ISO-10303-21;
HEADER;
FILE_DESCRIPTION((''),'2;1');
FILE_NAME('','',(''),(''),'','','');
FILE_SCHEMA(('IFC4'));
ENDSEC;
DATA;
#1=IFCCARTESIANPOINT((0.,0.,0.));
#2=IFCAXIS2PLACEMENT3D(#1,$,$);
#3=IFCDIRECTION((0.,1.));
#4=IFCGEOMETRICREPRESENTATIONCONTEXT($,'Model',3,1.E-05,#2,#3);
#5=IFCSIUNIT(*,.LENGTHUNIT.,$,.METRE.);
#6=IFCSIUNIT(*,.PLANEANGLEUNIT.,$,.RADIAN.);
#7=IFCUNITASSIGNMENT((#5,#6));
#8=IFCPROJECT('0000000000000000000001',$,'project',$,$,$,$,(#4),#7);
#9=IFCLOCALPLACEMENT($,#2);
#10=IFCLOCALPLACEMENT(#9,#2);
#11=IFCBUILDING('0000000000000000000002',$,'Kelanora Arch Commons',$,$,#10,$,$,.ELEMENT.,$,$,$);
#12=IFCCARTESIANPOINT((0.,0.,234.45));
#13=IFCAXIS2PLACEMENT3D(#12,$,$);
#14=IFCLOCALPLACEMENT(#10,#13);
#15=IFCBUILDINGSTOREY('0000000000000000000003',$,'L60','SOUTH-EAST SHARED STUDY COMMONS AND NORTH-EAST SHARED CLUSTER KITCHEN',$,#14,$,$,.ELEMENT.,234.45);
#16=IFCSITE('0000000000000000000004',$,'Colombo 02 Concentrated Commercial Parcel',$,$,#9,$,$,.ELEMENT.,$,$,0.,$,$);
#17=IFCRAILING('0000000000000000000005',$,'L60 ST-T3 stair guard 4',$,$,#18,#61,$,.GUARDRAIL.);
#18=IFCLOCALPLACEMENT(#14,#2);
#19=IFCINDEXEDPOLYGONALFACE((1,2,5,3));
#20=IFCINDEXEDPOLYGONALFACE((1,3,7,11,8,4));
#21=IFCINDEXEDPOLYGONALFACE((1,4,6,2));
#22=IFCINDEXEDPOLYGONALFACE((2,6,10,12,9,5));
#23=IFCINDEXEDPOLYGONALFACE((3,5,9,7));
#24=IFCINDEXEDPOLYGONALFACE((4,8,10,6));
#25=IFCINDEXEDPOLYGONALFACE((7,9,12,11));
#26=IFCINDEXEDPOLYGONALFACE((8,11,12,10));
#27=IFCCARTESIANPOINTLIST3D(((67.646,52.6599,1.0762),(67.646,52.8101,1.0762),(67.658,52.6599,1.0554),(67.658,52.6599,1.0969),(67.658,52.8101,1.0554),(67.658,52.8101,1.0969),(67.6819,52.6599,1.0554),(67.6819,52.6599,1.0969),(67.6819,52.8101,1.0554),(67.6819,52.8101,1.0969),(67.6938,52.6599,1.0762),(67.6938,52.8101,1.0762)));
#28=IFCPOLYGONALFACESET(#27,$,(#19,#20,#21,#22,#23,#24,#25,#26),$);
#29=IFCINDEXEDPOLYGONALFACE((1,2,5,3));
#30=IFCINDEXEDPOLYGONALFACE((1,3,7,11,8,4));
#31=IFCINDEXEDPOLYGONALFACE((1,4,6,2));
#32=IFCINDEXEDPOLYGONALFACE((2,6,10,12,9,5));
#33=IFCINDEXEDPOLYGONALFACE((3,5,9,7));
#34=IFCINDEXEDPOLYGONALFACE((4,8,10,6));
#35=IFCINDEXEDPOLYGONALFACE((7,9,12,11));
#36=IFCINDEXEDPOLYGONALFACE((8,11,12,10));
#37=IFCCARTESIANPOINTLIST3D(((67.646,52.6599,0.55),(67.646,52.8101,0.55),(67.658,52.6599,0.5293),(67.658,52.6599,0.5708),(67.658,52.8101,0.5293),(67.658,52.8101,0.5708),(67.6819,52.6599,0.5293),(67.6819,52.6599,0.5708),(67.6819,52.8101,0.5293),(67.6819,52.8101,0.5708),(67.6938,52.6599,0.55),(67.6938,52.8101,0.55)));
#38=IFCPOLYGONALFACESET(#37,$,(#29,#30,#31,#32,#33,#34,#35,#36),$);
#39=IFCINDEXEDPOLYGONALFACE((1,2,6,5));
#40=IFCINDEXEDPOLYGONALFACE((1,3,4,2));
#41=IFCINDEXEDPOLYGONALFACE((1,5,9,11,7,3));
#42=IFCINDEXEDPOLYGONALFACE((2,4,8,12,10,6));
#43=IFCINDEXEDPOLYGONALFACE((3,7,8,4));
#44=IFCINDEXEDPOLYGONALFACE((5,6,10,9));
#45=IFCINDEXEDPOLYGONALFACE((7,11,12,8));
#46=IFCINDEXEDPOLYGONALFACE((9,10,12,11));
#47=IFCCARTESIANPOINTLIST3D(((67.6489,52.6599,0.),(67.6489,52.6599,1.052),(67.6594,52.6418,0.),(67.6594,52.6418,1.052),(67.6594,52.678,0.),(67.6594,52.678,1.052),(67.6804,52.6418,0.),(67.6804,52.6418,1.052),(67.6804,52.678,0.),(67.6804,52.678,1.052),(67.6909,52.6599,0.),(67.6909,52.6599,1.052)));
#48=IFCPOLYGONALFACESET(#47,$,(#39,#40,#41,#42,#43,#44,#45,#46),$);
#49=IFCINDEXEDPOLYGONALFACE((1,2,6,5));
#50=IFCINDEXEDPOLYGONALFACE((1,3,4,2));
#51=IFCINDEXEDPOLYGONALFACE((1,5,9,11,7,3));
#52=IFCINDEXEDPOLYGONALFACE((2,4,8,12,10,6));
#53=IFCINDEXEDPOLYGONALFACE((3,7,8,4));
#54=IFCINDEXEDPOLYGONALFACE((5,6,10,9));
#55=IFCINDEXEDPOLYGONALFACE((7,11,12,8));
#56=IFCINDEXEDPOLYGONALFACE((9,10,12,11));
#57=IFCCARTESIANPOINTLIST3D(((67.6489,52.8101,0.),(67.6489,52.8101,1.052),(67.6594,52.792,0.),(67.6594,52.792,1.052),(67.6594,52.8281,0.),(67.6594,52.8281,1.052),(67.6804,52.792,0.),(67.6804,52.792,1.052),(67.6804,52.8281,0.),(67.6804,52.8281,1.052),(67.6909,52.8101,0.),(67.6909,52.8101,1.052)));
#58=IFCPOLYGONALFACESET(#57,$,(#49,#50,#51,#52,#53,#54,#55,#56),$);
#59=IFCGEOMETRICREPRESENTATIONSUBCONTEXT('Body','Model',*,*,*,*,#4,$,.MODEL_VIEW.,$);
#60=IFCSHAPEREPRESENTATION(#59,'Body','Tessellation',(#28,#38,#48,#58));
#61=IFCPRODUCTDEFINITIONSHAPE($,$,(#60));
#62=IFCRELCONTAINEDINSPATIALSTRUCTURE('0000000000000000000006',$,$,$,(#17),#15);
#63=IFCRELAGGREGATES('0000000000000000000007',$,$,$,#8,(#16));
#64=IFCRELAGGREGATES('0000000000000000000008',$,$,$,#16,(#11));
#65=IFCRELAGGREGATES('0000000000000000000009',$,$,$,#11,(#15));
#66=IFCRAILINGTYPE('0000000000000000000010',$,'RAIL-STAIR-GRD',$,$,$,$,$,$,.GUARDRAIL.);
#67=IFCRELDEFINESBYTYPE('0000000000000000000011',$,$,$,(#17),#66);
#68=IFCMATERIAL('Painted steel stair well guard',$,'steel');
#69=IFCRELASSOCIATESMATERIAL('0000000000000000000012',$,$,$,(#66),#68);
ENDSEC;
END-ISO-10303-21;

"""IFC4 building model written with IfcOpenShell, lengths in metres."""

from ifc_helpers import new_model, si_unit, direction, frame, origin, place, context, subcontext, project, spatial, polyline, outline, extrude, material, type_object, element, save


model = new_model("IFC4")

# Units and contexts
model_context = context("Model", 3, precision=1e-05, world=origin(), true_north=direction((0.0, 1.0)))
body_context = subcontext(model_context, "Body", "Model", "MODEL_VIEW")
ifc_project = project(units=[si_unit("LENGTHUNIT", "METRE"), si_unit("PLANEANGLEUNIT", "RADIAN")], contexts=[model_context])

# Site, building, storey
site_placement = place(None, origin())
site = spatial("IfcSite", under=ifc_project, at=site_placement, Name="Colombo 02 Concentrated Commercial Parcel", CompositionType="ELEMENT", RefElevation=0.0)
building_placement = place(site_placement, origin())
building = spatial("IfcBuilding", under=site, at=building_placement, Name="Kelanora Arch Commons", CompositionType="ELEMENT")
storey_placement = place(building_placement, frame((0.0, 0.0, 234.45)))
storey = spatial("IfcBuildingStorey", under=building, at=storey_placement, Name="L60", Description="SOUTH-EAST SHARED STUDY COMMONS AND NORTH-EAST SHARED CLUSTER KITCHEN", CompositionType="ELEMENT", Elevation=234.45)

# Railing
ifc_material_1 = material(Name="Painted steel stair well guard", Category="steel")
railing_type = type_object("IfcRailingType", Name="RAIL-STAIR-GRD", PredefinedType="GUARDRAIL", material=ifc_material_1)
railing_1_placement = place(storey_placement, frame((67.6699, 52.6599, 0.0)))
element("IfcRailing", 1, at=railing_1_placement, inside=storey, type_object=railing_type, Name="L60 ST-T3 stair guard 4", PredefinedType="GUARDRAIL", context=body_context, shape_type="SweptSolid", body=[
    extrude(outline(polyline([(0.0239, 0.0), (0.012, 0.0208), (-0.012, 0.0208), (-0.0239, 0.0), (-0.012, -0.0208), (0.012, -0.0208), (0.0239, 0.0)])), frame((0.0, 0.0, 1.0762), z_axis=(0.0, 1.0, 0.0), x_axis=(-1.0, 0.0, 0.0)), (0.0, 0.0, 1.0), 0.1501),
    extrude(outline(polyline([(0.0239, 0.0), (0.012, 0.0208), (-0.012, 0.0208), (-0.0239, 0.0), (-0.012, -0.0208), (0.012, -0.0208), (0.0239, 0.0)])), frame((0.0, 0.0, 0.55), z_axis=(0.0, 1.0, 0.0), x_axis=(-1.0, 0.0, 0.0)), (0.0, 0.0, 1.0), 0.1501),
    extrude(outline(polyline([(0.021, 0.0), (0.0105, 0.0181), (-0.0105, 0.0181), (-0.021, 0.0), (-0.0105, -0.0181), (0.0105, -0.0181), (0.021, 0.0)])), origin(), (0.0, 0.0, 1.0), 1.052),
    extrude(outline(polyline([(0.021, 0.0), (0.0105, 0.0181), (-0.0105, 0.0181), (-0.021, 0.0), (-0.0105, -0.0181), (0.0105, -0.0181), (0.021, 0.0)])), frame((0.0, 0.1501, 0.0)), (0.0, 0.0, 1.0), 1.052),
])

save(model, "model.ifc")
